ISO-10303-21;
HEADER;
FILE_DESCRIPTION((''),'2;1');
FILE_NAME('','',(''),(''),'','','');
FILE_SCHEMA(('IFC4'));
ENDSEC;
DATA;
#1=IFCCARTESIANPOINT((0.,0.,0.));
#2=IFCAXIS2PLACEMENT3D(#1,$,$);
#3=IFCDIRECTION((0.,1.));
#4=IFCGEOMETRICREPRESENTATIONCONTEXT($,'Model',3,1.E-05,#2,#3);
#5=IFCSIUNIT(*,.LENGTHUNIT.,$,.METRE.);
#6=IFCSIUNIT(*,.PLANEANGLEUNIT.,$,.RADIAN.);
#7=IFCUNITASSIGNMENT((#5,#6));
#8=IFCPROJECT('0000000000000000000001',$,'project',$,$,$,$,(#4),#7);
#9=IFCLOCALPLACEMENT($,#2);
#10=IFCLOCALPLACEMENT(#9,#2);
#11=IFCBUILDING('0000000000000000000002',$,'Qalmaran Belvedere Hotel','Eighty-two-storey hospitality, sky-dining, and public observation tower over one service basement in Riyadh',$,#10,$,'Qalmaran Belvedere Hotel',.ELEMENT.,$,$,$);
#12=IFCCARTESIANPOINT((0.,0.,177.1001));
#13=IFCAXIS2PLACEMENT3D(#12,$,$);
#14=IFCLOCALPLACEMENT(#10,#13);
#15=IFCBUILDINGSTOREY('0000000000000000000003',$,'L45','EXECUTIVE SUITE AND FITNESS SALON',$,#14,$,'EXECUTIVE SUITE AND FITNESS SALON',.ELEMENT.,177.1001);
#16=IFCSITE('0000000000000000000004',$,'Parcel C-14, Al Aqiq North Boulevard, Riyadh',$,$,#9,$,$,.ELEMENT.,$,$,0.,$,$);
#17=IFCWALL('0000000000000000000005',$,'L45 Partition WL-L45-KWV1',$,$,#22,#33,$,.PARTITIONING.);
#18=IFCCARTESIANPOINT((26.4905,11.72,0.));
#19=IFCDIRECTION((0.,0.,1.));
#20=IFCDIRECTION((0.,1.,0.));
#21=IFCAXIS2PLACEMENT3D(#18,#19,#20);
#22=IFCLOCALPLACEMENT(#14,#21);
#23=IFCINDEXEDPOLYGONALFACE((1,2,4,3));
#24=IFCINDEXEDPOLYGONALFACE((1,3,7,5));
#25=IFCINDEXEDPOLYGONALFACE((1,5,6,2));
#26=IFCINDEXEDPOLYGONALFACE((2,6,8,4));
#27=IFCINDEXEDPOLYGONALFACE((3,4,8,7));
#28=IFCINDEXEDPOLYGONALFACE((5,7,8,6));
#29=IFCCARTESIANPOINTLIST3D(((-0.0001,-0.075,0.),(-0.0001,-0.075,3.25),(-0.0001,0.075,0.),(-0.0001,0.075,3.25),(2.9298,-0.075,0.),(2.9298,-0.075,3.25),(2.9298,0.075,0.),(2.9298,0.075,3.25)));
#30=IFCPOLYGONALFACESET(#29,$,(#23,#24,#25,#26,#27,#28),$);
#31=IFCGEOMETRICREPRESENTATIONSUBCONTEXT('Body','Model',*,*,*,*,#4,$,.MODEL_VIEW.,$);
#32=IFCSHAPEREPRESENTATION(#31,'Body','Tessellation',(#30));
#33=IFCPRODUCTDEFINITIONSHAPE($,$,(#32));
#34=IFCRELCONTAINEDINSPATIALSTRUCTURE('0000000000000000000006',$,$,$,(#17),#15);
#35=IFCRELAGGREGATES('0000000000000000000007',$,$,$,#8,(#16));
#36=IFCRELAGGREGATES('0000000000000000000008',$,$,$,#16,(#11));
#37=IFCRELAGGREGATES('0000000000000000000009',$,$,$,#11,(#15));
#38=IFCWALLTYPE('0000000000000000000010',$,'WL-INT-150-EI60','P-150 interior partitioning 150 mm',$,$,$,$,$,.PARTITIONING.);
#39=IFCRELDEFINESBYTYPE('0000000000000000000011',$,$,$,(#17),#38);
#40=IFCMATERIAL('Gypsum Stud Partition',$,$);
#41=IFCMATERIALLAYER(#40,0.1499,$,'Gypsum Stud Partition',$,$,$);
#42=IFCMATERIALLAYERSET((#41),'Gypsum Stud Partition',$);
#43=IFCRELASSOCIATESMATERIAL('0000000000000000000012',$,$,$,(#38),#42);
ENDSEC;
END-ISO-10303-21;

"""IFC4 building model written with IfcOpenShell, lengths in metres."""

from ifc_helpers import new_model, si_unit, direction, frame, frame_2d, origin, place, context, subcontext, project, spatial, rectangle, extrude, material, layer, layer_set, type_object, element, save


model = new_model("IFC4")

# Units and contexts
model_context = context("Model", 3, precision=1e-05, world=origin(), true_north=direction((0.0, 1.0)))
body_context = subcontext(model_context, "Body", "Model", "MODEL_VIEW")
ifc_project = project(units=[si_unit("LENGTHUNIT", "METRE"), si_unit("PLANEANGLEUNIT", "RADIAN")], contexts=[model_context])

# Site, building, storey
site_placement = place(None, origin())
site = spatial("IfcSite", under=ifc_project, at=site_placement, Name="Parcel C-14, Al Aqiq North Boulevard, Riyadh", CompositionType="ELEMENT", RefElevation=0.0)
building_placement = place(site_placement, origin())
building = spatial("IfcBuilding", under=site, at=building_placement, Name="Qalmaran Belvedere Hotel", Description="Eighty-two-storey hospitality, sky-dining, and public observation tower over one service basement in Riyadh", LongName="Qalmaran Belvedere Hotel", CompositionType="ELEMENT")
storey_placement = place(building_placement, frame((0.0, 0.0, 177.1001)))
storey = spatial("IfcBuildingStorey", under=building, at=storey_placement, Name="L45", Description="EXECUTIVE SUITE AND FITNESS SALON", LongName="EXECUTIVE SUITE AND FITNESS SALON", CompositionType="ELEMENT", Elevation=177.1001)

# Wall
ifc_material_1 = material(Name="Gypsum Stud Partition")
ifc_layer_1 = layer(ifc_material_1, 0.1499, Name="Gypsum Stud Partition")
ifc_layer_set_1 = layer_set([ifc_layer_1], Name="Gypsum Stud Partition")
wall_type_1 = type_object("IfcWallType", Name="WL-INT-150-EI60", Description="P-150 interior partitioning 150 mm", PredefinedType="PARTITIONING", material=ifc_layer_set_1)
wall_1_placement = place(storey_placement, frame((26.4905, 11.72, 0.0), z_axis=(0.0, 0.0, 1.0), x_axis=(0.0, 1.0, 0.0)))
element("IfcWall", 1, at=wall_1_placement, inside=storey, type_object=wall_type_1, Name="L45 Partition WL-L45-KWV1", PredefinedType="PARTITIONING", context=body_context, shape_type="SweptSolid", body=[
    extrude(rectangle(XDim=2.9299, YDim=0.1499, at=frame_2d((1.4648, 0.0))), origin(), (0.0, 0.0, 1.0), 3.25),
])

save(model, "model.ifc")
